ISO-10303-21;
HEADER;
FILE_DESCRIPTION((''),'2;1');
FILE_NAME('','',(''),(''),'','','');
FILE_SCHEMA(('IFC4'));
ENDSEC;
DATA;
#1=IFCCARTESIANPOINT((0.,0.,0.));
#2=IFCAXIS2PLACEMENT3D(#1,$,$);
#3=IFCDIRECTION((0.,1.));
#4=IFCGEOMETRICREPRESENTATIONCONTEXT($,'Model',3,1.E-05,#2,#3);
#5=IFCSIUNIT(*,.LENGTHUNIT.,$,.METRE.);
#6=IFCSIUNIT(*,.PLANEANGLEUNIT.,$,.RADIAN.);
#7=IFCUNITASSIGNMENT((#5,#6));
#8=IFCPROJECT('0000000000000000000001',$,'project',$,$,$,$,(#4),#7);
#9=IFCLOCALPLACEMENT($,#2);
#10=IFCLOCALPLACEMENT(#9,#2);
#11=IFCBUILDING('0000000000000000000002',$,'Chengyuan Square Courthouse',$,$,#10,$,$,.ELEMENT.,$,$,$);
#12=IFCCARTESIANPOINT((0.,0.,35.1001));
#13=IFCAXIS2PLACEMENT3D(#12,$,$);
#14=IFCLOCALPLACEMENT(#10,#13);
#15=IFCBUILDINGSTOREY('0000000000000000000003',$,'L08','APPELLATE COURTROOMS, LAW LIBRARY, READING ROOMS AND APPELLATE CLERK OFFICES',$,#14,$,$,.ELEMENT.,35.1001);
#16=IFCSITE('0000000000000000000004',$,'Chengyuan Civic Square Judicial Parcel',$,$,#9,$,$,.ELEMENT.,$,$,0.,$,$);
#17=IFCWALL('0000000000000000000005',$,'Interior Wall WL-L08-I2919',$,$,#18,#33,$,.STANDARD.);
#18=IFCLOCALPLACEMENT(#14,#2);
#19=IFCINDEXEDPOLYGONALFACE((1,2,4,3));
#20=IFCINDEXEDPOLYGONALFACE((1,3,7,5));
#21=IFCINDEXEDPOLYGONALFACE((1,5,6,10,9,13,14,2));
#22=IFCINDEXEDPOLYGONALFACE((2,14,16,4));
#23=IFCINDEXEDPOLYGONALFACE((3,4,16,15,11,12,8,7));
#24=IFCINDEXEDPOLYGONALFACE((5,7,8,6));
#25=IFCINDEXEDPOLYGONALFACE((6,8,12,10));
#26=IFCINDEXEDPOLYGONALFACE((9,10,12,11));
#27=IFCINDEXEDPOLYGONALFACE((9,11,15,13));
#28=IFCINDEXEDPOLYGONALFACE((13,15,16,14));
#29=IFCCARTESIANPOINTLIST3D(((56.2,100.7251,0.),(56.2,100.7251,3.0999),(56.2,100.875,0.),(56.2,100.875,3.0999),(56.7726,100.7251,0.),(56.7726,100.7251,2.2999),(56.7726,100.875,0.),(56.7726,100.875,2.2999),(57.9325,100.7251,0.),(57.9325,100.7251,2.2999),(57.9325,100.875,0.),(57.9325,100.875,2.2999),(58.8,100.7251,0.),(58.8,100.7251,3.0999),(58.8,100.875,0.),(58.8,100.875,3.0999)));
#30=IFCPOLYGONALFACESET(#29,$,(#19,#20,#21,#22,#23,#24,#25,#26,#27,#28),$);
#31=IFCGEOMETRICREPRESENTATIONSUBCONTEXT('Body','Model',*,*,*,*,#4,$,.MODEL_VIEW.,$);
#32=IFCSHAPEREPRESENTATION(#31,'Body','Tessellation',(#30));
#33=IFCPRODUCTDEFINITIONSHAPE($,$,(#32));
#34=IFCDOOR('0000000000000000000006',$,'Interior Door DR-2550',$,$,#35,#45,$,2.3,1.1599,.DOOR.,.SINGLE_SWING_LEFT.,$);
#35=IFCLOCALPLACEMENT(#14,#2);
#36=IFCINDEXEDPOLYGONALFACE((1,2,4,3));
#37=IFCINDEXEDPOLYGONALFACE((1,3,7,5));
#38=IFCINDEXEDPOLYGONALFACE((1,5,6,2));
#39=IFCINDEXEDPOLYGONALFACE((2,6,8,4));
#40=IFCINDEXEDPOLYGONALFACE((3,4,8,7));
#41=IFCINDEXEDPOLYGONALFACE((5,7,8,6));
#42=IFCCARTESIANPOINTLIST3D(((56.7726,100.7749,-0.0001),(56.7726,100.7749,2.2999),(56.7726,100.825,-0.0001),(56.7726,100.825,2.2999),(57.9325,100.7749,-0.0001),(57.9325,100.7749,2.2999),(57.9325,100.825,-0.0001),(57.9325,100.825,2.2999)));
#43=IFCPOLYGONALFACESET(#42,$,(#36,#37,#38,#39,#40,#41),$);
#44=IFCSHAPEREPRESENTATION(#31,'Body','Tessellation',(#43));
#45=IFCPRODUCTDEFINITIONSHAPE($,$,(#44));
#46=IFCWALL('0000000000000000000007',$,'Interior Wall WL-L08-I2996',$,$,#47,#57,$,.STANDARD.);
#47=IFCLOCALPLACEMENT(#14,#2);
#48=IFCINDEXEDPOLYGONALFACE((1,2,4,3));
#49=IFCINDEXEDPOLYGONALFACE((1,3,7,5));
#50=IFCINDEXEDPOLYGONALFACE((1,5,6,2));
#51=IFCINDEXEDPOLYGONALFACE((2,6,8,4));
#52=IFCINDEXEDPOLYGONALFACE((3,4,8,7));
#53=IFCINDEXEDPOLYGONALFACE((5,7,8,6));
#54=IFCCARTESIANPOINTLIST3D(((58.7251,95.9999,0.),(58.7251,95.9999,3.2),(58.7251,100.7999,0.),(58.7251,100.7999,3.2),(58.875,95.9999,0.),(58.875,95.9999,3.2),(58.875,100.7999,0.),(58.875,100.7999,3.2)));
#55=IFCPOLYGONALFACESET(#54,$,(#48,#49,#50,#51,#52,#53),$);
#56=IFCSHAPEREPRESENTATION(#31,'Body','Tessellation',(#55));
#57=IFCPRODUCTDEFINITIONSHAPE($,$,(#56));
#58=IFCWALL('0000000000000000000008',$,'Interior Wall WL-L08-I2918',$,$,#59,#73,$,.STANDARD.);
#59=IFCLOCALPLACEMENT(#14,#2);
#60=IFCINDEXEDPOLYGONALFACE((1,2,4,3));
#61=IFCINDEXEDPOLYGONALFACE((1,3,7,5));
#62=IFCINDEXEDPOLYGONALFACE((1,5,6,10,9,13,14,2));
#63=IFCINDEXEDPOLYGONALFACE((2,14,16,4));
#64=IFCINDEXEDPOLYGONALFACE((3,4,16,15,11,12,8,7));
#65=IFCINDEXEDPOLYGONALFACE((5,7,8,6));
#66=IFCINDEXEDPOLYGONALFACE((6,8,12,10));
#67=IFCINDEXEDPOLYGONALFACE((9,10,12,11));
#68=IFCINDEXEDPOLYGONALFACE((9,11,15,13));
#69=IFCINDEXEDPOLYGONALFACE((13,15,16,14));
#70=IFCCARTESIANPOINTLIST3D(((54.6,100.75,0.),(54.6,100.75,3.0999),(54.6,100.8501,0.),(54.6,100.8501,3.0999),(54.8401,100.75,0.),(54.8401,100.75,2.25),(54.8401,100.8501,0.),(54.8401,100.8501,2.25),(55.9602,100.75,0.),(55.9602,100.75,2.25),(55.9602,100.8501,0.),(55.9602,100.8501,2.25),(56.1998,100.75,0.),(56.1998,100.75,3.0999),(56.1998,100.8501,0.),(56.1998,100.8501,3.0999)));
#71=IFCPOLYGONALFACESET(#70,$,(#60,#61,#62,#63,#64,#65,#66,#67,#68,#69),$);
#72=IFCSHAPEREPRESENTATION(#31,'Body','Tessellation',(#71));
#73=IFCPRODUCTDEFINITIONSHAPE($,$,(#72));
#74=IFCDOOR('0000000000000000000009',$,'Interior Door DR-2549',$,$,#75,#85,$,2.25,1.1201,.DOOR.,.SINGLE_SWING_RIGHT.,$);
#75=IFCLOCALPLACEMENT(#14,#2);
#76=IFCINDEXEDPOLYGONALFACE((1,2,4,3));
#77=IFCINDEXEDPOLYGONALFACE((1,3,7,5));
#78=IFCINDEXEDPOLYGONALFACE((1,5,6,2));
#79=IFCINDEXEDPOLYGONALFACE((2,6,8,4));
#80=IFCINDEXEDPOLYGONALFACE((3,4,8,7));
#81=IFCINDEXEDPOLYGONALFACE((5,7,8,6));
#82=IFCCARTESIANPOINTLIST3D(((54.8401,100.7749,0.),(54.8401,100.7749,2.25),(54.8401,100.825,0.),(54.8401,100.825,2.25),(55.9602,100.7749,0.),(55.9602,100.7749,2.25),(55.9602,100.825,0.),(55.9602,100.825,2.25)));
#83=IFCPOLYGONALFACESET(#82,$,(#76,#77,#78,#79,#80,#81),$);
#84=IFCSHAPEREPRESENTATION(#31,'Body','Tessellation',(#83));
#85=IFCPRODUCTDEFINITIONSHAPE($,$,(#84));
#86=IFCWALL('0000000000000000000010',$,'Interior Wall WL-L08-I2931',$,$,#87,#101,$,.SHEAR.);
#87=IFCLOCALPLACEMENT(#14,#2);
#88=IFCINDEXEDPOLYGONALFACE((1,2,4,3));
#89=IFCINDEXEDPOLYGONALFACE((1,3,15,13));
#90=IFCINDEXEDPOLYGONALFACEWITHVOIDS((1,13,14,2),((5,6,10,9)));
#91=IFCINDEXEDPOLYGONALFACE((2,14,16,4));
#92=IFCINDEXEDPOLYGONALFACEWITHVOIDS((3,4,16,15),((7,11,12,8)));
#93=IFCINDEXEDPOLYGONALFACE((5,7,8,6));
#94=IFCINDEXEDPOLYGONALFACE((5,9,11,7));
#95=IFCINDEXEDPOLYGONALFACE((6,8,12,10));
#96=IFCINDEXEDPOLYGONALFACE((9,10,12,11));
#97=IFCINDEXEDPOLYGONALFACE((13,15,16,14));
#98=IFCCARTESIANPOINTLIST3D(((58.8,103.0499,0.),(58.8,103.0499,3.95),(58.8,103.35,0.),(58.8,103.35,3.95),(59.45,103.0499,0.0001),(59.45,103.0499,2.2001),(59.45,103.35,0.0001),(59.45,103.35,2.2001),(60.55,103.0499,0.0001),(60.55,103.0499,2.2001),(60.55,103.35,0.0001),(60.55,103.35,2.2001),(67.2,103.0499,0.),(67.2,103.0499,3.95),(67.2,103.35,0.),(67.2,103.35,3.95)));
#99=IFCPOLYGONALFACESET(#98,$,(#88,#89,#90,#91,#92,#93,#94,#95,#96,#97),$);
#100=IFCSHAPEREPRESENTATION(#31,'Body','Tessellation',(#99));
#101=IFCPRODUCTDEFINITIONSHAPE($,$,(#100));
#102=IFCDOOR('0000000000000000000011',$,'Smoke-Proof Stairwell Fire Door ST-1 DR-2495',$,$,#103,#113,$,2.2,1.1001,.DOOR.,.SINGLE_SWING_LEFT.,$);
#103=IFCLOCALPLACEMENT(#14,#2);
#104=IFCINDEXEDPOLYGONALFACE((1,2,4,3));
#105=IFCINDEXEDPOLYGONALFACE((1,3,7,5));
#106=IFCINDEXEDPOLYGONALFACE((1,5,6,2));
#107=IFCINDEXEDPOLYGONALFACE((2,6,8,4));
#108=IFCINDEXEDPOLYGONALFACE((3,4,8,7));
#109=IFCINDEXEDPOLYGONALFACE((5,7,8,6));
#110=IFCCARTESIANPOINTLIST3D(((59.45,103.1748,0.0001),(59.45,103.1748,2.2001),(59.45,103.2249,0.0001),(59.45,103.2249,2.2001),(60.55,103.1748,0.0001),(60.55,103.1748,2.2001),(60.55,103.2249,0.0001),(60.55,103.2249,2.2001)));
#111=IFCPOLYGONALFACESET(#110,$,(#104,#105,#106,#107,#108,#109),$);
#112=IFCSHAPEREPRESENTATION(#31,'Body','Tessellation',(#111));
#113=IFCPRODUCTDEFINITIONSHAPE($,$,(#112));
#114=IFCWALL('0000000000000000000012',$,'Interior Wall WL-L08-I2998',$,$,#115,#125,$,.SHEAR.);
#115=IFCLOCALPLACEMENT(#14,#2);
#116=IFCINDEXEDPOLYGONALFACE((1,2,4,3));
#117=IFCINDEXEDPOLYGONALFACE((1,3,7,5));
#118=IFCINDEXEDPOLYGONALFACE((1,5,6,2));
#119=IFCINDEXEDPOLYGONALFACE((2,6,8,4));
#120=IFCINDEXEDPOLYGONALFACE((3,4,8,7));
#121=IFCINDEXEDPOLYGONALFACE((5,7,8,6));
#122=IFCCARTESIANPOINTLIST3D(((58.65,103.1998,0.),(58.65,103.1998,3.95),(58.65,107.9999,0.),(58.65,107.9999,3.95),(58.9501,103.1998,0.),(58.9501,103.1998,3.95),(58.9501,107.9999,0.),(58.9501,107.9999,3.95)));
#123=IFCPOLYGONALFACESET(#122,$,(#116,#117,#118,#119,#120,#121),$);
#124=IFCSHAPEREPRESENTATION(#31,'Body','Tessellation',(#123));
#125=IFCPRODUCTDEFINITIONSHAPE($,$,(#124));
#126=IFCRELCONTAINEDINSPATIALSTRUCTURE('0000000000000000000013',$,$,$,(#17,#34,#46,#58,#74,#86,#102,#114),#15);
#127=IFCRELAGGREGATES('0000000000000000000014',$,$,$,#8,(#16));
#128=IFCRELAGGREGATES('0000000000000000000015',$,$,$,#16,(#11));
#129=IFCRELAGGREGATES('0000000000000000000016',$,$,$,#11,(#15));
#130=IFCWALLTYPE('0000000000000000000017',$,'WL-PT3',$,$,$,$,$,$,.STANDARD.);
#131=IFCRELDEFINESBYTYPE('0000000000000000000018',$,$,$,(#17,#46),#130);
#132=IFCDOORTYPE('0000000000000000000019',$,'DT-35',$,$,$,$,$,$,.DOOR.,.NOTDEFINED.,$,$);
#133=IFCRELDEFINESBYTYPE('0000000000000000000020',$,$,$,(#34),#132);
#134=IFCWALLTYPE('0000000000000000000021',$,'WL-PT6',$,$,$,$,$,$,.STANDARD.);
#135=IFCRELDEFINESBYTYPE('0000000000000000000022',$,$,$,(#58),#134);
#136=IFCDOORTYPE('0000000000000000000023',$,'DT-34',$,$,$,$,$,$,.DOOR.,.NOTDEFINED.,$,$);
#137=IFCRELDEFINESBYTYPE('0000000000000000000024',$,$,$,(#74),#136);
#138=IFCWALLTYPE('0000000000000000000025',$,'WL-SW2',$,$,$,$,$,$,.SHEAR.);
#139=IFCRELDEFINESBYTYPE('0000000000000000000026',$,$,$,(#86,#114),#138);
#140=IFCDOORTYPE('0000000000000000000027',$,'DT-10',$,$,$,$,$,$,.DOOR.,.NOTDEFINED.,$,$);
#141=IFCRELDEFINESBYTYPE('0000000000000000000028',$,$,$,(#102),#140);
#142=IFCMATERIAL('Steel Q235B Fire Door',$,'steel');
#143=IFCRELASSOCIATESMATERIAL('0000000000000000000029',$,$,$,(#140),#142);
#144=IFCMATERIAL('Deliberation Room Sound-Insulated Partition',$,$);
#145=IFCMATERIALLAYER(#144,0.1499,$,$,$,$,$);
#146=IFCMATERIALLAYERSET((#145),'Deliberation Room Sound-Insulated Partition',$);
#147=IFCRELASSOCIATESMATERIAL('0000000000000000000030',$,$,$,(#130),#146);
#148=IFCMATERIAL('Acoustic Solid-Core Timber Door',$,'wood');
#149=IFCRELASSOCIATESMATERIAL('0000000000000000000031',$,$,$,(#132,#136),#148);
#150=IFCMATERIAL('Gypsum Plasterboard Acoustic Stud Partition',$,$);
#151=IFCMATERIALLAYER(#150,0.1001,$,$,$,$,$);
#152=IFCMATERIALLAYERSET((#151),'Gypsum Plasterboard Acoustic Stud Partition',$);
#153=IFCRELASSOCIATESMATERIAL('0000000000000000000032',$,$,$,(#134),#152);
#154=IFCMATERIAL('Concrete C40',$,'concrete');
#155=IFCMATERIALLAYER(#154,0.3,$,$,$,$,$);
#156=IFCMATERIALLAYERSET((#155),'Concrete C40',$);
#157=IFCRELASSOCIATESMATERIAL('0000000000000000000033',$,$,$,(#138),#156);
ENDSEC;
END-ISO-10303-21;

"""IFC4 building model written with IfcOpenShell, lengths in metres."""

from ifc_helpers import new_model, si_unit, direction, frame, frame_2d, origin, place, context, subcontext, project, spatial, rectangle, extrude, material, layer, layer_set, type_object, element, fill, save


model = new_model("IFC4")

# Units and contexts
model_context = context("Model", 3, precision=1e-05, world=origin(), true_north=direction((0.0, 1.0)))
body_context = subcontext(model_context, "Body", "Model", "MODEL_VIEW")
ifc_project = project(units=[si_unit("LENGTHUNIT", "METRE"), si_unit("PLANEANGLEUNIT", "RADIAN")], contexts=[model_context])

# Site, building, storey
site_placement = place(None, origin())
site = spatial("IfcSite", under=ifc_project, at=site_placement, Name="Chengyuan Civic Square Judicial Parcel", CompositionType="ELEMENT", RefElevation=0.0)
building_placement = place(site_placement, origin())
building = spatial("IfcBuilding", under=site, at=building_placement, Name="Chengyuan Square Courthouse", CompositionType="ELEMENT")
storey_placement = place(building_placement, frame((0.0, 0.0, 35.1001)))
storey = spatial("IfcBuildingStorey", under=building, at=storey_placement, Name="L08", Description="APPELLATE COURTROOMS, LAW LIBRARY, READING ROOMS AND APPELLATE CLERK OFFICES", CompositionType="ELEMENT", Elevation=35.1001)

# Shared definitions
ifc_material_1 = material(Name="Concrete C40", Category="concrete")

# Wall, opening, door
ifc_material_2 = material(Name="Steel Q235B Fire Door", Category="steel")
door_type_1 = type_object("IfcDoorType", Name="DT-10", OperationType="NOTDEFINED", PredefinedType="DOOR", material=ifc_material_2)
ifc_material_3 = material(Name="Deliberation Room Sound-Insulated Partition")
ifc_layer_1 = layer(ifc_material_3, 0.1499)
ifc_layer_set_1 = layer_set([ifc_layer_1], Name="Deliberation Room Sound-Insulated Partition")
wall_type_1 = type_object("IfcWallType", Name="WL-PT3", PredefinedType="STANDARD", material=ifc_layer_set_1)
wall_1_placement = place(storey_placement, frame((56.2, 100.8, 0.0), z_axis=(0.0, 0.0, 1.0), x_axis=(1.0, 0.0, 0.0)))
wall_1 = element("IfcWall", 1, at=wall_1_placement, inside=storey, type_object=wall_type_1, Name="Interior Wall WL-L08-I2919", PredefinedType="STANDARD", context=body_context, shape_type="SweptSolid", body=[
    extrude(rectangle(XDim=2.6001, YDim=0.1499, at=frame_2d((1.3, 0.0))), origin(), (0.0, 0.0, 1.0), 3.0999),
])
opening_1_placement = place(wall_1_placement, frame((0.5725, 0.0, 0.0)))
opening_1 = element("IfcOpeningElement", 2, at=opening_1_placement, cuts=wall_1, PredefinedType="OPENING", context=body_context, shape_type="SweptSolid", body=[
    extrude(rectangle(XDim=1.1599, YDim=2.3, at=frame_2d((0.5801, 1.1499))), frame((0.0, 0.0869, 0.0), z_axis=(0.0, -1.0, 0.0), x_axis=(1.0, 0.0, 0.0)), (0.0, 0.0, 1.0), 0.1738),
])
ifc_material_4 = material(Name="Acoustic Solid-Core Timber Door", Category="wood")
door_type_2 = type_object("IfcDoorType", Name="DT-35", OperationType="NOTDEFINED", PredefinedType="DOOR", material=ifc_material_4)
door_1_placement = place(opening_1_placement, origin())
door_1 = element("IfcDoor", 3, at=door_1_placement, inside=storey, type_object=door_type_2, Name="Interior Door DR-2550", OperationType="SINGLE_SWING_LEFT", OverallHeight=2.3, OverallWidth=1.1599, PredefinedType="DOOR", context=body_context, shape_type="SweptSolid", body=[
    extrude(rectangle(XDim=1.1599, YDim=2.3, at=frame_2d((0.5801, 1.1499))), frame((0.0, 0.0249, 0.0), z_axis=(0.0, -1.0, 0.0), x_axis=(1.0, 0.0, 0.0)), (0.0, 0.0, 1.0), 0.05),
])
fill(opening_1, door_1)

# Wall
wall_2_placement = place(storey_placement, frame((58.8, 96.0, 0.0), z_axis=(0.0, 0.0, 1.0), x_axis=(0.0, 1.0, 0.0)))
element("IfcWall", 4, at=wall_2_placement, inside=storey, type_object=wall_type_1, Name="Interior Wall WL-L08-I2996", PredefinedType="STANDARD", context=body_context, shape_type="SweptSolid", body=[
    extrude(rectangle(XDim=4.8, YDim=0.1499, at=frame_2d((2.3999, 0.0))), origin(), (0.0, 0.0, 1.0), 3.2),
])

# Walls, openings, doors
ifc_material_5 = material(Name="Gypsum Plasterboard Acoustic Stud Partition")
ifc_layer_2 = layer(ifc_material_5, 0.1001)
ifc_layer_set_2 = layer_set([ifc_layer_2], Name="Gypsum Plasterboard Acoustic Stud Partition")
wall_type_2 = type_object("IfcWallType", Name="WL-PT6", PredefinedType="STANDARD", material=ifc_layer_set_2)
wall_3_placement = place(storey_placement, frame((54.6001, 100.8, 0.0), z_axis=(0.0, 0.0, 1.0), x_axis=(1.0, 0.0, 0.0)))
wall_3 = element("IfcWall", 5, at=wall_3_placement, inside=storey, type_object=wall_type_2, Name="Interior Wall WL-L08-I2918", PredefinedType="STANDARD", context=body_context, shape_type="SweptSolid", body=[
    extrude(rectangle(XDim=1.5999, YDim=0.1001, at=frame_2d((0.7998, 0.0))), origin(), (0.0, 0.0, 1.0), 3.0999),
])
opening_2_placement = place(wall_3_placement, frame((0.24, 0.0, 0.0)))
opening_2 = element("IfcOpeningElement", 6, at=opening_2_placement, cuts=wall_3, PredefinedType="OPENING", context=body_context, shape_type="SweptSolid", body=[
    extrude(rectangle(XDim=1.1201, YDim=2.25, at=frame_2d((0.5601, 1.125))), frame((0.0, 0.062, 0.0), z_axis=(0.0, -1.0, 0.0), x_axis=(1.0, 0.0, 0.0)), (0.0, 0.0, 1.0), 0.124),
])
door_type_3 = type_object("IfcDoorType", Name="DT-34", OperationType="NOTDEFINED", PredefinedType="DOOR", material=ifc_material_4)
door_2_placement = place(opening_2_placement, origin())
door_2 = element("IfcDoor", 7, at=door_2_placement, inside=storey, type_object=door_type_3, Name="Interior Door DR-2549", OperationType="SINGLE_SWING_RIGHT", OverallHeight=2.25, OverallWidth=1.1201, PredefinedType="DOOR", context=body_context, shape_type="SweptSolid", body=[
    extrude(rectangle(XDim=1.1201, YDim=2.25, at=frame_2d((0.5601, 1.125))), frame((0.0, 0.0249, 0.0), z_axis=(0.0, -1.0, 0.0), x_axis=(1.0, 0.0, 0.0)), (0.0, 0.0, 1.0), 0.05),
])
fill(opening_2, door_2)
ifc_layer_3 = layer(ifc_material_1, 0.3)
ifc_layer_set_3 = layer_set([ifc_layer_3], Name="Concrete C40")
wall_type_3 = type_object("IfcWallType", Name="WL-SW2", PredefinedType="SHEAR", material=ifc_layer_set_3)
wall_4_placement = place(storey_placement, frame((58.8, 103.2, 0.0), z_axis=(0.0, 0.0, 1.0), x_axis=(1.0, 0.0, 0.0)))
wall_4 = element("IfcWall", 8, at=wall_4_placement, inside=storey, type_object=wall_type_3, Name="Interior Wall WL-L08-I2931", PredefinedType="SHEAR", context=body_context, shape_type="SweptSolid", body=[
    extrude(rectangle(XDim=8.3999, YDim=0.3, at=frame_2d((4.2, 0.0))), origin(), (0.0, 0.0, 1.0), 3.95),
])
opening_3_placement = place(wall_4_placement, frame((0.6499, 0.0, 0.0)))
opening_3 = element("IfcOpeningElement", 9, at=opening_3_placement, cuts=wall_4, PredefinedType="OPENING", context=body_context, shape_type="SweptSolid", body=[
    extrude(rectangle(XDim=1.1001, YDim=2.2, at=frame_2d((0.55, 1.1001))), frame((0.0, 0.1621, 0.0), z_axis=(0.0, -1.0, 0.0), x_axis=(1.0, 0.0, 0.0)), (0.0, 0.0, 1.0), 0.324),
])
door_3_placement = place(opening_3_placement, origin())
door_3 = element("IfcDoor", 10, at=door_3_placement, inside=storey, type_object=door_type_1, Name="Smoke-Proof Stairwell Fire Door ST-1 DR-2495", OperationType="SINGLE_SWING_LEFT", OverallHeight=2.2, OverallWidth=1.1001, PredefinedType="DOOR", context=body_context, shape_type="SweptSolid", body=[
    extrude(rectangle(XDim=1.1001, YDim=2.2, at=frame_2d((0.55, 1.1001))), frame((0.0, 0.0249, 0.0), z_axis=(0.0, -1.0, 0.0), x_axis=(1.0, 0.0, 0.0)), (0.0, 0.0, 1.0), 0.05),
])
fill(opening_3, door_3)

# Wall
wall_5_placement = place(storey_placement, frame((58.8, 103.2, 0.0), z_axis=(0.0, 0.0, 1.0), x_axis=(0.0, 1.0, 0.0)))
element("IfcWall", 11, at=wall_5_placement, inside=storey, type_object=wall_type_3, Name="Interior Wall WL-L08-I2998", PredefinedType="SHEAR", context=body_context, shape_type="SweptSolid", body=[
    extrude(rectangle(XDim=4.8, YDim=0.3, at=frame_2d((2.3999, 0.0))), origin(), (0.0, 0.0, 1.0), 3.95),
])

save(model, "model.ifc")
